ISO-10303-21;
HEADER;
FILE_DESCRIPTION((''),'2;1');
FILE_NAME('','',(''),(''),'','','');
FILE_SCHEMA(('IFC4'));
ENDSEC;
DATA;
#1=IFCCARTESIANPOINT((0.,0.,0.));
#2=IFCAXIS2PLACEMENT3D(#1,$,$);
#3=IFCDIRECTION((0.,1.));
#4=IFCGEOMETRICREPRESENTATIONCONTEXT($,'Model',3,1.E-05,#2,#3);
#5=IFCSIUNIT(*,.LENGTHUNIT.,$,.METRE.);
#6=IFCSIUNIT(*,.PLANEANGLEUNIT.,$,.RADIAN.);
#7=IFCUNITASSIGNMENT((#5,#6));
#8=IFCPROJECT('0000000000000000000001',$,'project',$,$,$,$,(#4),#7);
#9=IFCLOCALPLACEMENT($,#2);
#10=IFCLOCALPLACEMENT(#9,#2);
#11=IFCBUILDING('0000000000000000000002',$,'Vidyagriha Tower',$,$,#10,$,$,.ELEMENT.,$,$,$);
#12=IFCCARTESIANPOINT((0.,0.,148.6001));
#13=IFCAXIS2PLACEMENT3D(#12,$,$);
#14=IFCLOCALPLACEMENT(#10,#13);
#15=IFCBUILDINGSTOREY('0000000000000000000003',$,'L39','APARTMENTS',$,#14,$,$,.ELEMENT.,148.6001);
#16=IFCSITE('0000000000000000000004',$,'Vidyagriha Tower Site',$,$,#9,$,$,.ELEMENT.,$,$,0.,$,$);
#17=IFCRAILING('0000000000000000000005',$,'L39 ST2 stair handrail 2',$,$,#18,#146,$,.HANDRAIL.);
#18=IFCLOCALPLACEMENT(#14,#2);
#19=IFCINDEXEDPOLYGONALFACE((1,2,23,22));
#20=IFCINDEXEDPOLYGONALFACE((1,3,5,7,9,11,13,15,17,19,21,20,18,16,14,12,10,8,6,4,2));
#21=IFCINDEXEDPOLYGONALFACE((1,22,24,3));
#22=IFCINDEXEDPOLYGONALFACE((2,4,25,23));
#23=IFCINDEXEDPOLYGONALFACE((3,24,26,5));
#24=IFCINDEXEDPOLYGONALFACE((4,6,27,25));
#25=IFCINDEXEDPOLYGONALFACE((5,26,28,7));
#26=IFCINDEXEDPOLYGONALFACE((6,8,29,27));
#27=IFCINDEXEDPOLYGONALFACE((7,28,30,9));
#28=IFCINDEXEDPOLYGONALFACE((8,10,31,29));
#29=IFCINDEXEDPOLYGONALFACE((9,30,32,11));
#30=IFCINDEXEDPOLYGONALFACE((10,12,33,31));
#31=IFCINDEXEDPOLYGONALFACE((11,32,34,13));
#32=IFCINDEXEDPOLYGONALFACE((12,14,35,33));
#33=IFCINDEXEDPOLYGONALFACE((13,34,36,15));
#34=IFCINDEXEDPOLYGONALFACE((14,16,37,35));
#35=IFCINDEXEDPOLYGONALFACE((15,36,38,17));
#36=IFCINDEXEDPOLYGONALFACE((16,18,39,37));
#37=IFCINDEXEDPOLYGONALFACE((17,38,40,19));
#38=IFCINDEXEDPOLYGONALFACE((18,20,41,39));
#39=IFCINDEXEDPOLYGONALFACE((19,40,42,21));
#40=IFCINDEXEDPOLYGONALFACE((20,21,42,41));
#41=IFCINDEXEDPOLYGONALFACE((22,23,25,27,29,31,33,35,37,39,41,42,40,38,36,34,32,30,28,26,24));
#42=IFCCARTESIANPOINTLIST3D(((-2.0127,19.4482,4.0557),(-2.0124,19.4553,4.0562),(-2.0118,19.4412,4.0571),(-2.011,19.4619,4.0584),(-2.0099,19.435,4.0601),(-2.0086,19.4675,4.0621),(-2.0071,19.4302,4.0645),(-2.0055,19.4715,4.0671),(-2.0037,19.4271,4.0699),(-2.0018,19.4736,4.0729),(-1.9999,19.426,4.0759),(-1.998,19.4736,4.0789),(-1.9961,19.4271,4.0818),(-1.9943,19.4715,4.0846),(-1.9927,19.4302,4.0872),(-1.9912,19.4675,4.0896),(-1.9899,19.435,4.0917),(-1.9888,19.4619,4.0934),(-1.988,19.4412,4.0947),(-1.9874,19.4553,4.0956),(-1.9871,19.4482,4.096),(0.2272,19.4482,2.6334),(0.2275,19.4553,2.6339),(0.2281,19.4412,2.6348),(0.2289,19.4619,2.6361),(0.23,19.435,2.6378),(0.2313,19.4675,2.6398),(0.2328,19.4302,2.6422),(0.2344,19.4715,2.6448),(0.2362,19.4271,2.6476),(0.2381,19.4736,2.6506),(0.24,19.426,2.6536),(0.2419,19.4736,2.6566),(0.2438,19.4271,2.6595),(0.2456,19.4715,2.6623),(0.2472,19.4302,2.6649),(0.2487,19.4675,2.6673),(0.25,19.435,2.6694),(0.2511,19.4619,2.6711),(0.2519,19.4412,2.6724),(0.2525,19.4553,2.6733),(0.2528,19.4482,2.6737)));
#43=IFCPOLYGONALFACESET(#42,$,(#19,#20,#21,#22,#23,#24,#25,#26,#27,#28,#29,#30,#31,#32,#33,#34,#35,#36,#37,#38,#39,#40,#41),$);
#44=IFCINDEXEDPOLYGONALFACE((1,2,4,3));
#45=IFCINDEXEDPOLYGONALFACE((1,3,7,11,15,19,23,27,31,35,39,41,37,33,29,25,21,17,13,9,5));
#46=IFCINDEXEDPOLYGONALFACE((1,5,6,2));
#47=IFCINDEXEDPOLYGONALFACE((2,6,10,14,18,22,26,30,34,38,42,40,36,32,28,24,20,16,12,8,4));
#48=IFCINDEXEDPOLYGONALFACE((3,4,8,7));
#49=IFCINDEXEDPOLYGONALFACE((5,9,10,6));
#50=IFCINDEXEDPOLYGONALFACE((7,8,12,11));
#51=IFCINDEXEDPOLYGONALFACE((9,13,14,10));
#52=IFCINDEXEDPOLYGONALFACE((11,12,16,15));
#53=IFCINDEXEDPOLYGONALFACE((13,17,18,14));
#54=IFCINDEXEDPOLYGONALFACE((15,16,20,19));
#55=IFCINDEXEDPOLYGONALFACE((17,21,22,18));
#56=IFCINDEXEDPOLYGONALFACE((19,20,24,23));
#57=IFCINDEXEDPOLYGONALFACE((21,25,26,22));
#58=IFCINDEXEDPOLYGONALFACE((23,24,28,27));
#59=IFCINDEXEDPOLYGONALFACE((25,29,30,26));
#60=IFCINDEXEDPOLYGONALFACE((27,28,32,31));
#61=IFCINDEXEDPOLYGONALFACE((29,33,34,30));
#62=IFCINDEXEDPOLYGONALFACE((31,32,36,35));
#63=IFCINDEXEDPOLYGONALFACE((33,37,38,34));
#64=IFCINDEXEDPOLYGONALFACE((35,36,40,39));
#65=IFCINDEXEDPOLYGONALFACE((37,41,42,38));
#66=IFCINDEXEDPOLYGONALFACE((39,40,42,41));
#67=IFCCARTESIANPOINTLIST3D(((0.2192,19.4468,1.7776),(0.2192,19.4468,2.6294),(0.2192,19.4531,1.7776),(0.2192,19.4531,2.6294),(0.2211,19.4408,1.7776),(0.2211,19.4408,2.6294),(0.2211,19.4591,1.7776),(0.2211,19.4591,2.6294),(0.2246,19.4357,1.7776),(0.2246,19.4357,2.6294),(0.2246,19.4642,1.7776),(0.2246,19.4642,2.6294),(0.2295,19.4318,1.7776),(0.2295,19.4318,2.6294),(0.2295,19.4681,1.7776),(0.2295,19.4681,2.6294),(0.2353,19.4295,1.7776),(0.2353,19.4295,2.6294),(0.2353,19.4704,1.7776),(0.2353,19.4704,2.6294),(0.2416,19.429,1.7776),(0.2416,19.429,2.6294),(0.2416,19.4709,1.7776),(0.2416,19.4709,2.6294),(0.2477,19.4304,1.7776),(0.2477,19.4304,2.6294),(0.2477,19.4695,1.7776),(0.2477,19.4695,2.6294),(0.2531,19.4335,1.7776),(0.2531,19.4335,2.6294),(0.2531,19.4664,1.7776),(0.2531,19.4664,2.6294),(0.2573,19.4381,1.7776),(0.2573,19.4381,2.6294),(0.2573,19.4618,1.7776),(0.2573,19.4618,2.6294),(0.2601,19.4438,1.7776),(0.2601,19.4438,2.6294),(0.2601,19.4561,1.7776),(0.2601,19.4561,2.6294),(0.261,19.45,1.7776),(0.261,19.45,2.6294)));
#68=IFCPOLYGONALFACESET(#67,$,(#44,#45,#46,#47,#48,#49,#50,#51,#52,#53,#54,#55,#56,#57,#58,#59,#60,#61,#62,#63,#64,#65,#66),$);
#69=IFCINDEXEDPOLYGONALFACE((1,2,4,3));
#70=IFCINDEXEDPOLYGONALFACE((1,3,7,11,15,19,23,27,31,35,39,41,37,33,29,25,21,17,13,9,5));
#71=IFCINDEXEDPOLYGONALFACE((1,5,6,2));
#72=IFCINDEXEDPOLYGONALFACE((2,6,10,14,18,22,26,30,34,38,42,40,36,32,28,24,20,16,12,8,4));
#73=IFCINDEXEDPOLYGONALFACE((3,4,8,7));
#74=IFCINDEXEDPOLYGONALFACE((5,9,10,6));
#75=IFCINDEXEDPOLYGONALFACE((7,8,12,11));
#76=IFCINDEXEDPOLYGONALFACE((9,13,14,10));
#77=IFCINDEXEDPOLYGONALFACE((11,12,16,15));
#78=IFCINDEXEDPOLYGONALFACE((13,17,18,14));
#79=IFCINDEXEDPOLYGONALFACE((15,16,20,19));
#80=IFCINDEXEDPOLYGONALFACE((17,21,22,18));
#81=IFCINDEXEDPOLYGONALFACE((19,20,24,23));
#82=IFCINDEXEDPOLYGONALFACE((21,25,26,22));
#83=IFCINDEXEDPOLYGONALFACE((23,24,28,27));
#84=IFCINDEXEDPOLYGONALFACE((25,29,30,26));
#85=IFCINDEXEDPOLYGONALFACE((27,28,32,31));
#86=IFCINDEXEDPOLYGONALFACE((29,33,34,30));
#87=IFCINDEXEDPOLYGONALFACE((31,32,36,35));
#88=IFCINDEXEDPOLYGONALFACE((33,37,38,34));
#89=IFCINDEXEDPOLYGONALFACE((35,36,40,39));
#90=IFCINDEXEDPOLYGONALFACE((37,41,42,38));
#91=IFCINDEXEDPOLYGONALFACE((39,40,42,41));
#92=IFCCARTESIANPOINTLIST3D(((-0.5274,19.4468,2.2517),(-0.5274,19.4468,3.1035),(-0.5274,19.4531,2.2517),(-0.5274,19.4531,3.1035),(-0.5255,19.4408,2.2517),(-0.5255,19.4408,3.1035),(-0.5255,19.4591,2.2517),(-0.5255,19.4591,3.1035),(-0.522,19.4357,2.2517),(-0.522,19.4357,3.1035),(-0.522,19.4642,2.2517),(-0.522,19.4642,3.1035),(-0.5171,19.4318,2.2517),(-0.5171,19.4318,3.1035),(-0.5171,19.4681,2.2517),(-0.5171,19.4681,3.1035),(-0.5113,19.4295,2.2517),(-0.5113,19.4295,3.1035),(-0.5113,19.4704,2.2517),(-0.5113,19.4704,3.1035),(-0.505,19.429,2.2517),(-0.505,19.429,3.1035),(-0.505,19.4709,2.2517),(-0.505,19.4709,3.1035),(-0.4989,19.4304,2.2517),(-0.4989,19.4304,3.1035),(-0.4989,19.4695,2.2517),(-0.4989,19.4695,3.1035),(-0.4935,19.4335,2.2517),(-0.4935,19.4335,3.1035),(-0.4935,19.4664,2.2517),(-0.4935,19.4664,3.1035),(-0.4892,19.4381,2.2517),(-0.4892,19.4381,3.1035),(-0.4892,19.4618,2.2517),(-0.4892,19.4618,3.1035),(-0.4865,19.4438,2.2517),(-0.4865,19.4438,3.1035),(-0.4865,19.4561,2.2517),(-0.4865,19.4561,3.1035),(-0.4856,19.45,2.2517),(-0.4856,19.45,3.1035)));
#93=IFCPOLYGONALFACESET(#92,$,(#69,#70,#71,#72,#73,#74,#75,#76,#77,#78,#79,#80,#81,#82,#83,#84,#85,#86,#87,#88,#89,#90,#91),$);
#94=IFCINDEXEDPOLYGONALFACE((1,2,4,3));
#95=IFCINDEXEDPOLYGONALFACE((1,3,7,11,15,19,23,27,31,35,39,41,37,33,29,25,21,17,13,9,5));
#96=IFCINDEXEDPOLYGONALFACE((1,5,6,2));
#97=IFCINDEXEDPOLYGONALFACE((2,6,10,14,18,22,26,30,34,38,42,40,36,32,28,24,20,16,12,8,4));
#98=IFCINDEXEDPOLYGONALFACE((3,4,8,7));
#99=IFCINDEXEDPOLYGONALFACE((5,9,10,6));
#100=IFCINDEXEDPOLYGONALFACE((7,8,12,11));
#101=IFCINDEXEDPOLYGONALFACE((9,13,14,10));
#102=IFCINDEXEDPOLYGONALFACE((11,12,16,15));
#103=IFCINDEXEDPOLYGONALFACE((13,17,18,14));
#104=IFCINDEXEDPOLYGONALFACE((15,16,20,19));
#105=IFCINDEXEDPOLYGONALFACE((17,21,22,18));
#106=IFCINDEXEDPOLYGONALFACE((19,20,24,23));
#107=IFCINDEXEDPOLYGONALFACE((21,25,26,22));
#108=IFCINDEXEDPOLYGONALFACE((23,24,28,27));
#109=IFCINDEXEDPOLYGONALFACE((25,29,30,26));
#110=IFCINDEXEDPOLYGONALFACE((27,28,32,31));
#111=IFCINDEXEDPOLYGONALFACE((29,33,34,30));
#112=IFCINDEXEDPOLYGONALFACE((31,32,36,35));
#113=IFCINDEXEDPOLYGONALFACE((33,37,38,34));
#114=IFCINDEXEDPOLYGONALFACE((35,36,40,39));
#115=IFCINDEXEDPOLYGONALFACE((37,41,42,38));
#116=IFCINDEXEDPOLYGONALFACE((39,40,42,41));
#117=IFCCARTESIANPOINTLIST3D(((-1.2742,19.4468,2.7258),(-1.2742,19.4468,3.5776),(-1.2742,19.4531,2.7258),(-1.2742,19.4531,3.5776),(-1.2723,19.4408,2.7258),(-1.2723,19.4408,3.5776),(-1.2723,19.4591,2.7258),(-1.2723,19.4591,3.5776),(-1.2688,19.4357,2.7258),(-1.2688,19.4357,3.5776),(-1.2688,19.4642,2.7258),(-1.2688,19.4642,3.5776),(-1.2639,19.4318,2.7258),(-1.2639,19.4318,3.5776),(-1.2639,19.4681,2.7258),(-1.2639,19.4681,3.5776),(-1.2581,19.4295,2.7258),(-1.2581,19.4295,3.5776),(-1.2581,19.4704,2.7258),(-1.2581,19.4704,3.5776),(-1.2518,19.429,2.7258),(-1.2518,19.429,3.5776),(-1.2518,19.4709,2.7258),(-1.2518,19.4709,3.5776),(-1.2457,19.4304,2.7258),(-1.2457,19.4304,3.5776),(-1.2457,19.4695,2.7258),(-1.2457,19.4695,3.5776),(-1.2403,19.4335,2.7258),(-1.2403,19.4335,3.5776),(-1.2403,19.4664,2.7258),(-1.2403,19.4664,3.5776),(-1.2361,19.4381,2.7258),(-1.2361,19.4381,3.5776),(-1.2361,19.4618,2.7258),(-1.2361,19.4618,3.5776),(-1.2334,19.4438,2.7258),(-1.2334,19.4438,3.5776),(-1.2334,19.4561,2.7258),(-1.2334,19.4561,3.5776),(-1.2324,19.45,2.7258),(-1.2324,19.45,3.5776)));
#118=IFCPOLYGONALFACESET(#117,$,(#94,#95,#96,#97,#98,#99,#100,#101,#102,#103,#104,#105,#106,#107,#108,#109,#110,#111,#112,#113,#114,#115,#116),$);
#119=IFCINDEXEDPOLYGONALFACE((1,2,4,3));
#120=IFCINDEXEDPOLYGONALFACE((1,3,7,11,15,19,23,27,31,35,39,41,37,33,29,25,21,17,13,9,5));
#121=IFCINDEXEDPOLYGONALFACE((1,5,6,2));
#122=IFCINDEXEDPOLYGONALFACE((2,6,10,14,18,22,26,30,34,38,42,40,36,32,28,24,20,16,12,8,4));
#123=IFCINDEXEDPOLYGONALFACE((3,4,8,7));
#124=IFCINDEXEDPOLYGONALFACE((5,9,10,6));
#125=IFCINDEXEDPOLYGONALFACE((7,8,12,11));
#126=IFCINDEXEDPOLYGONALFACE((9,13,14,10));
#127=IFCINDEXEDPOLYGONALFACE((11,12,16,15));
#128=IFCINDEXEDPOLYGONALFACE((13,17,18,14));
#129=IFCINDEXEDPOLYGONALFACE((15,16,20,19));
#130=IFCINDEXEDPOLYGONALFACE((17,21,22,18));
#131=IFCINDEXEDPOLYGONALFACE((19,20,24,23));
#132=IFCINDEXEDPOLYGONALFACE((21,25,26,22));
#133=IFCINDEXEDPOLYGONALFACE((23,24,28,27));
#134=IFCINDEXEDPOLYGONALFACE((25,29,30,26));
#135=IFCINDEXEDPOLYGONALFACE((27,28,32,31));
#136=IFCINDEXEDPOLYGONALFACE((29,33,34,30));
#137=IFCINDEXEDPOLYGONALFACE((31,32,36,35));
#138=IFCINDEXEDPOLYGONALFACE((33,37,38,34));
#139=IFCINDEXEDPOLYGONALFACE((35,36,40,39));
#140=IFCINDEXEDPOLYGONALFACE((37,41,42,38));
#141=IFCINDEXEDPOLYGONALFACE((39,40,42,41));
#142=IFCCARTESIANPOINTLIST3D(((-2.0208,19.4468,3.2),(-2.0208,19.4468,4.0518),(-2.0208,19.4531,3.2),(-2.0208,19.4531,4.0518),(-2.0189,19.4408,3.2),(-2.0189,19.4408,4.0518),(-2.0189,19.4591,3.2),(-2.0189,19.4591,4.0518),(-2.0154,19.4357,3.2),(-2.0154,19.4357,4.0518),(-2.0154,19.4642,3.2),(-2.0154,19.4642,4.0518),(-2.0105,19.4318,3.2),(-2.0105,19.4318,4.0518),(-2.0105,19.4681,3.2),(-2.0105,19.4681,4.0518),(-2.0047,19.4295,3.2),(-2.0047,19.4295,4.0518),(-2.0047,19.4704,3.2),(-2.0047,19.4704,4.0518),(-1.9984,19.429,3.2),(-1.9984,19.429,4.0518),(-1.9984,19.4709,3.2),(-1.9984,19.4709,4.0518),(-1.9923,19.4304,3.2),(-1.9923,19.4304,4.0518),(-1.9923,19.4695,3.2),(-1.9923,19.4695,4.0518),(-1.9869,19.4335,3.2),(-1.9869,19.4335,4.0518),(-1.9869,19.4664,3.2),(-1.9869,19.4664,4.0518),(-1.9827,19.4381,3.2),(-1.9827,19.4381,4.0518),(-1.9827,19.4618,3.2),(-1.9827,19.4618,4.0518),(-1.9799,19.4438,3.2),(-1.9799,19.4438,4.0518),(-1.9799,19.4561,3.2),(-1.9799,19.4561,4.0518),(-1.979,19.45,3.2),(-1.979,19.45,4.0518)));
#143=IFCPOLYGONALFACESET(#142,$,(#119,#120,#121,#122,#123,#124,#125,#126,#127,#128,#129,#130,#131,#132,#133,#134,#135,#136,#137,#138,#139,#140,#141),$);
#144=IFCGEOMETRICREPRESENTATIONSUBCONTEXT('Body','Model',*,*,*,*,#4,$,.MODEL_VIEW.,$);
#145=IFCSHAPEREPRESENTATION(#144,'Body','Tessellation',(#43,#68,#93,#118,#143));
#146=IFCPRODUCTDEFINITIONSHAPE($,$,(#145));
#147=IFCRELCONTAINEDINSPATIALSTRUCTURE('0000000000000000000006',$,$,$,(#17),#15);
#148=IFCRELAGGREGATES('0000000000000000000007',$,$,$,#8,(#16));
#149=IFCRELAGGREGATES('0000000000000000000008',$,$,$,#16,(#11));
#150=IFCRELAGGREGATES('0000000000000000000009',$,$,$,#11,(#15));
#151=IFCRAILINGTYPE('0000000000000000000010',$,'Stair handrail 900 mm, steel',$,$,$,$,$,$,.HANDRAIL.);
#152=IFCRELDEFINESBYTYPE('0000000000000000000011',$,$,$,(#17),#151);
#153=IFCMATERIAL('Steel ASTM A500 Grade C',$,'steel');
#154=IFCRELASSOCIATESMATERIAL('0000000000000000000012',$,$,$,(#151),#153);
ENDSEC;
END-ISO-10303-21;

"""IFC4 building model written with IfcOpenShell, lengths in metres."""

from ifc_helpers import new_model, si_unit, direction, frame, origin, origin_2d, place, context, subcontext, project, spatial, circle, extrude, material, type_object, element, save


model = new_model("IFC4")

# Units and contexts
model_context = context("Model", 3, precision=1e-05, world=origin(), true_north=direction((0.0, 1.0)))
body_context = subcontext(model_context, "Body", "Model", "MODEL_VIEW")
ifc_project = project(units=[si_unit("LENGTHUNIT", "METRE"), si_unit("PLANEANGLEUNIT", "RADIAN")], contexts=[model_context])

# Site, building, storey
site_placement = place(None, origin())
site = spatial("IfcSite", under=ifc_project, at=site_placement, Name="Vidyagriha Tower Site", CompositionType="ELEMENT", RefElevation=0.0)
building_placement = place(site_placement, origin())
building = spatial("IfcBuilding", under=site, at=building_placement, Name="Vidyagriha Tower", CompositionType="ELEMENT")
storey_placement = place(building_placement, frame((0.0, 0.0, 148.6001)))
storey = spatial("IfcBuildingStorey", under=building, at=storey_placement, Name="L39", Description="APARTMENTS", CompositionType="ELEMENT", Elevation=148.6001)

# Railing
ifc_material_1 = material(Name="Steel ASTM A500 Grade C", Category="steel")
railing_type_1 = type_object("IfcRailingType", Name="Stair handrail 900 mm, steel", PredefinedType="HANDRAIL", material=ifc_material_1)
railing_1_placement = place(storey_placement, frame((0.24, 19.45, 1.7776)))
element("IfcRailing", 1, at=railing_1_placement, inside=storey, type_object=railing_type_1, Name="L39 ST2 stair handrail 2", PredefinedType="HANDRAIL", context=body_context, shape_type="SweptSolid", body=[
    extrude(circle(Radius=0.0239, at=origin_2d()), frame((0.0, 0.0, 0.876), z_axis=(-0.844188, 0.0, 0.536048), x_axis=(0.0, -1.0, 0.0)), (0.0, 0.0, 1.0), 2.6533),
    extrude(circle(Radius=0.021, at=origin_2d()), origin(), (0.0, 0.0, 1.0), 0.8518),
    extrude(circle(Radius=0.021, at=origin_2d()), frame((-0.7466, 0.0, 0.4741)), (0.0, 0.0, 1.0), 0.8518),
    extrude(circle(Radius=0.021, at=origin_2d()), frame((-1.4934, 0.0, 0.9482)), (0.0, 0.0, 1.0), 0.8518),
    extrude(circle(Radius=0.021, at=origin_2d()), frame((-2.24, 0.0, 1.4224)), (0.0, 0.0, 1.0), 0.8518),
])

save(model, "model.ifc")
